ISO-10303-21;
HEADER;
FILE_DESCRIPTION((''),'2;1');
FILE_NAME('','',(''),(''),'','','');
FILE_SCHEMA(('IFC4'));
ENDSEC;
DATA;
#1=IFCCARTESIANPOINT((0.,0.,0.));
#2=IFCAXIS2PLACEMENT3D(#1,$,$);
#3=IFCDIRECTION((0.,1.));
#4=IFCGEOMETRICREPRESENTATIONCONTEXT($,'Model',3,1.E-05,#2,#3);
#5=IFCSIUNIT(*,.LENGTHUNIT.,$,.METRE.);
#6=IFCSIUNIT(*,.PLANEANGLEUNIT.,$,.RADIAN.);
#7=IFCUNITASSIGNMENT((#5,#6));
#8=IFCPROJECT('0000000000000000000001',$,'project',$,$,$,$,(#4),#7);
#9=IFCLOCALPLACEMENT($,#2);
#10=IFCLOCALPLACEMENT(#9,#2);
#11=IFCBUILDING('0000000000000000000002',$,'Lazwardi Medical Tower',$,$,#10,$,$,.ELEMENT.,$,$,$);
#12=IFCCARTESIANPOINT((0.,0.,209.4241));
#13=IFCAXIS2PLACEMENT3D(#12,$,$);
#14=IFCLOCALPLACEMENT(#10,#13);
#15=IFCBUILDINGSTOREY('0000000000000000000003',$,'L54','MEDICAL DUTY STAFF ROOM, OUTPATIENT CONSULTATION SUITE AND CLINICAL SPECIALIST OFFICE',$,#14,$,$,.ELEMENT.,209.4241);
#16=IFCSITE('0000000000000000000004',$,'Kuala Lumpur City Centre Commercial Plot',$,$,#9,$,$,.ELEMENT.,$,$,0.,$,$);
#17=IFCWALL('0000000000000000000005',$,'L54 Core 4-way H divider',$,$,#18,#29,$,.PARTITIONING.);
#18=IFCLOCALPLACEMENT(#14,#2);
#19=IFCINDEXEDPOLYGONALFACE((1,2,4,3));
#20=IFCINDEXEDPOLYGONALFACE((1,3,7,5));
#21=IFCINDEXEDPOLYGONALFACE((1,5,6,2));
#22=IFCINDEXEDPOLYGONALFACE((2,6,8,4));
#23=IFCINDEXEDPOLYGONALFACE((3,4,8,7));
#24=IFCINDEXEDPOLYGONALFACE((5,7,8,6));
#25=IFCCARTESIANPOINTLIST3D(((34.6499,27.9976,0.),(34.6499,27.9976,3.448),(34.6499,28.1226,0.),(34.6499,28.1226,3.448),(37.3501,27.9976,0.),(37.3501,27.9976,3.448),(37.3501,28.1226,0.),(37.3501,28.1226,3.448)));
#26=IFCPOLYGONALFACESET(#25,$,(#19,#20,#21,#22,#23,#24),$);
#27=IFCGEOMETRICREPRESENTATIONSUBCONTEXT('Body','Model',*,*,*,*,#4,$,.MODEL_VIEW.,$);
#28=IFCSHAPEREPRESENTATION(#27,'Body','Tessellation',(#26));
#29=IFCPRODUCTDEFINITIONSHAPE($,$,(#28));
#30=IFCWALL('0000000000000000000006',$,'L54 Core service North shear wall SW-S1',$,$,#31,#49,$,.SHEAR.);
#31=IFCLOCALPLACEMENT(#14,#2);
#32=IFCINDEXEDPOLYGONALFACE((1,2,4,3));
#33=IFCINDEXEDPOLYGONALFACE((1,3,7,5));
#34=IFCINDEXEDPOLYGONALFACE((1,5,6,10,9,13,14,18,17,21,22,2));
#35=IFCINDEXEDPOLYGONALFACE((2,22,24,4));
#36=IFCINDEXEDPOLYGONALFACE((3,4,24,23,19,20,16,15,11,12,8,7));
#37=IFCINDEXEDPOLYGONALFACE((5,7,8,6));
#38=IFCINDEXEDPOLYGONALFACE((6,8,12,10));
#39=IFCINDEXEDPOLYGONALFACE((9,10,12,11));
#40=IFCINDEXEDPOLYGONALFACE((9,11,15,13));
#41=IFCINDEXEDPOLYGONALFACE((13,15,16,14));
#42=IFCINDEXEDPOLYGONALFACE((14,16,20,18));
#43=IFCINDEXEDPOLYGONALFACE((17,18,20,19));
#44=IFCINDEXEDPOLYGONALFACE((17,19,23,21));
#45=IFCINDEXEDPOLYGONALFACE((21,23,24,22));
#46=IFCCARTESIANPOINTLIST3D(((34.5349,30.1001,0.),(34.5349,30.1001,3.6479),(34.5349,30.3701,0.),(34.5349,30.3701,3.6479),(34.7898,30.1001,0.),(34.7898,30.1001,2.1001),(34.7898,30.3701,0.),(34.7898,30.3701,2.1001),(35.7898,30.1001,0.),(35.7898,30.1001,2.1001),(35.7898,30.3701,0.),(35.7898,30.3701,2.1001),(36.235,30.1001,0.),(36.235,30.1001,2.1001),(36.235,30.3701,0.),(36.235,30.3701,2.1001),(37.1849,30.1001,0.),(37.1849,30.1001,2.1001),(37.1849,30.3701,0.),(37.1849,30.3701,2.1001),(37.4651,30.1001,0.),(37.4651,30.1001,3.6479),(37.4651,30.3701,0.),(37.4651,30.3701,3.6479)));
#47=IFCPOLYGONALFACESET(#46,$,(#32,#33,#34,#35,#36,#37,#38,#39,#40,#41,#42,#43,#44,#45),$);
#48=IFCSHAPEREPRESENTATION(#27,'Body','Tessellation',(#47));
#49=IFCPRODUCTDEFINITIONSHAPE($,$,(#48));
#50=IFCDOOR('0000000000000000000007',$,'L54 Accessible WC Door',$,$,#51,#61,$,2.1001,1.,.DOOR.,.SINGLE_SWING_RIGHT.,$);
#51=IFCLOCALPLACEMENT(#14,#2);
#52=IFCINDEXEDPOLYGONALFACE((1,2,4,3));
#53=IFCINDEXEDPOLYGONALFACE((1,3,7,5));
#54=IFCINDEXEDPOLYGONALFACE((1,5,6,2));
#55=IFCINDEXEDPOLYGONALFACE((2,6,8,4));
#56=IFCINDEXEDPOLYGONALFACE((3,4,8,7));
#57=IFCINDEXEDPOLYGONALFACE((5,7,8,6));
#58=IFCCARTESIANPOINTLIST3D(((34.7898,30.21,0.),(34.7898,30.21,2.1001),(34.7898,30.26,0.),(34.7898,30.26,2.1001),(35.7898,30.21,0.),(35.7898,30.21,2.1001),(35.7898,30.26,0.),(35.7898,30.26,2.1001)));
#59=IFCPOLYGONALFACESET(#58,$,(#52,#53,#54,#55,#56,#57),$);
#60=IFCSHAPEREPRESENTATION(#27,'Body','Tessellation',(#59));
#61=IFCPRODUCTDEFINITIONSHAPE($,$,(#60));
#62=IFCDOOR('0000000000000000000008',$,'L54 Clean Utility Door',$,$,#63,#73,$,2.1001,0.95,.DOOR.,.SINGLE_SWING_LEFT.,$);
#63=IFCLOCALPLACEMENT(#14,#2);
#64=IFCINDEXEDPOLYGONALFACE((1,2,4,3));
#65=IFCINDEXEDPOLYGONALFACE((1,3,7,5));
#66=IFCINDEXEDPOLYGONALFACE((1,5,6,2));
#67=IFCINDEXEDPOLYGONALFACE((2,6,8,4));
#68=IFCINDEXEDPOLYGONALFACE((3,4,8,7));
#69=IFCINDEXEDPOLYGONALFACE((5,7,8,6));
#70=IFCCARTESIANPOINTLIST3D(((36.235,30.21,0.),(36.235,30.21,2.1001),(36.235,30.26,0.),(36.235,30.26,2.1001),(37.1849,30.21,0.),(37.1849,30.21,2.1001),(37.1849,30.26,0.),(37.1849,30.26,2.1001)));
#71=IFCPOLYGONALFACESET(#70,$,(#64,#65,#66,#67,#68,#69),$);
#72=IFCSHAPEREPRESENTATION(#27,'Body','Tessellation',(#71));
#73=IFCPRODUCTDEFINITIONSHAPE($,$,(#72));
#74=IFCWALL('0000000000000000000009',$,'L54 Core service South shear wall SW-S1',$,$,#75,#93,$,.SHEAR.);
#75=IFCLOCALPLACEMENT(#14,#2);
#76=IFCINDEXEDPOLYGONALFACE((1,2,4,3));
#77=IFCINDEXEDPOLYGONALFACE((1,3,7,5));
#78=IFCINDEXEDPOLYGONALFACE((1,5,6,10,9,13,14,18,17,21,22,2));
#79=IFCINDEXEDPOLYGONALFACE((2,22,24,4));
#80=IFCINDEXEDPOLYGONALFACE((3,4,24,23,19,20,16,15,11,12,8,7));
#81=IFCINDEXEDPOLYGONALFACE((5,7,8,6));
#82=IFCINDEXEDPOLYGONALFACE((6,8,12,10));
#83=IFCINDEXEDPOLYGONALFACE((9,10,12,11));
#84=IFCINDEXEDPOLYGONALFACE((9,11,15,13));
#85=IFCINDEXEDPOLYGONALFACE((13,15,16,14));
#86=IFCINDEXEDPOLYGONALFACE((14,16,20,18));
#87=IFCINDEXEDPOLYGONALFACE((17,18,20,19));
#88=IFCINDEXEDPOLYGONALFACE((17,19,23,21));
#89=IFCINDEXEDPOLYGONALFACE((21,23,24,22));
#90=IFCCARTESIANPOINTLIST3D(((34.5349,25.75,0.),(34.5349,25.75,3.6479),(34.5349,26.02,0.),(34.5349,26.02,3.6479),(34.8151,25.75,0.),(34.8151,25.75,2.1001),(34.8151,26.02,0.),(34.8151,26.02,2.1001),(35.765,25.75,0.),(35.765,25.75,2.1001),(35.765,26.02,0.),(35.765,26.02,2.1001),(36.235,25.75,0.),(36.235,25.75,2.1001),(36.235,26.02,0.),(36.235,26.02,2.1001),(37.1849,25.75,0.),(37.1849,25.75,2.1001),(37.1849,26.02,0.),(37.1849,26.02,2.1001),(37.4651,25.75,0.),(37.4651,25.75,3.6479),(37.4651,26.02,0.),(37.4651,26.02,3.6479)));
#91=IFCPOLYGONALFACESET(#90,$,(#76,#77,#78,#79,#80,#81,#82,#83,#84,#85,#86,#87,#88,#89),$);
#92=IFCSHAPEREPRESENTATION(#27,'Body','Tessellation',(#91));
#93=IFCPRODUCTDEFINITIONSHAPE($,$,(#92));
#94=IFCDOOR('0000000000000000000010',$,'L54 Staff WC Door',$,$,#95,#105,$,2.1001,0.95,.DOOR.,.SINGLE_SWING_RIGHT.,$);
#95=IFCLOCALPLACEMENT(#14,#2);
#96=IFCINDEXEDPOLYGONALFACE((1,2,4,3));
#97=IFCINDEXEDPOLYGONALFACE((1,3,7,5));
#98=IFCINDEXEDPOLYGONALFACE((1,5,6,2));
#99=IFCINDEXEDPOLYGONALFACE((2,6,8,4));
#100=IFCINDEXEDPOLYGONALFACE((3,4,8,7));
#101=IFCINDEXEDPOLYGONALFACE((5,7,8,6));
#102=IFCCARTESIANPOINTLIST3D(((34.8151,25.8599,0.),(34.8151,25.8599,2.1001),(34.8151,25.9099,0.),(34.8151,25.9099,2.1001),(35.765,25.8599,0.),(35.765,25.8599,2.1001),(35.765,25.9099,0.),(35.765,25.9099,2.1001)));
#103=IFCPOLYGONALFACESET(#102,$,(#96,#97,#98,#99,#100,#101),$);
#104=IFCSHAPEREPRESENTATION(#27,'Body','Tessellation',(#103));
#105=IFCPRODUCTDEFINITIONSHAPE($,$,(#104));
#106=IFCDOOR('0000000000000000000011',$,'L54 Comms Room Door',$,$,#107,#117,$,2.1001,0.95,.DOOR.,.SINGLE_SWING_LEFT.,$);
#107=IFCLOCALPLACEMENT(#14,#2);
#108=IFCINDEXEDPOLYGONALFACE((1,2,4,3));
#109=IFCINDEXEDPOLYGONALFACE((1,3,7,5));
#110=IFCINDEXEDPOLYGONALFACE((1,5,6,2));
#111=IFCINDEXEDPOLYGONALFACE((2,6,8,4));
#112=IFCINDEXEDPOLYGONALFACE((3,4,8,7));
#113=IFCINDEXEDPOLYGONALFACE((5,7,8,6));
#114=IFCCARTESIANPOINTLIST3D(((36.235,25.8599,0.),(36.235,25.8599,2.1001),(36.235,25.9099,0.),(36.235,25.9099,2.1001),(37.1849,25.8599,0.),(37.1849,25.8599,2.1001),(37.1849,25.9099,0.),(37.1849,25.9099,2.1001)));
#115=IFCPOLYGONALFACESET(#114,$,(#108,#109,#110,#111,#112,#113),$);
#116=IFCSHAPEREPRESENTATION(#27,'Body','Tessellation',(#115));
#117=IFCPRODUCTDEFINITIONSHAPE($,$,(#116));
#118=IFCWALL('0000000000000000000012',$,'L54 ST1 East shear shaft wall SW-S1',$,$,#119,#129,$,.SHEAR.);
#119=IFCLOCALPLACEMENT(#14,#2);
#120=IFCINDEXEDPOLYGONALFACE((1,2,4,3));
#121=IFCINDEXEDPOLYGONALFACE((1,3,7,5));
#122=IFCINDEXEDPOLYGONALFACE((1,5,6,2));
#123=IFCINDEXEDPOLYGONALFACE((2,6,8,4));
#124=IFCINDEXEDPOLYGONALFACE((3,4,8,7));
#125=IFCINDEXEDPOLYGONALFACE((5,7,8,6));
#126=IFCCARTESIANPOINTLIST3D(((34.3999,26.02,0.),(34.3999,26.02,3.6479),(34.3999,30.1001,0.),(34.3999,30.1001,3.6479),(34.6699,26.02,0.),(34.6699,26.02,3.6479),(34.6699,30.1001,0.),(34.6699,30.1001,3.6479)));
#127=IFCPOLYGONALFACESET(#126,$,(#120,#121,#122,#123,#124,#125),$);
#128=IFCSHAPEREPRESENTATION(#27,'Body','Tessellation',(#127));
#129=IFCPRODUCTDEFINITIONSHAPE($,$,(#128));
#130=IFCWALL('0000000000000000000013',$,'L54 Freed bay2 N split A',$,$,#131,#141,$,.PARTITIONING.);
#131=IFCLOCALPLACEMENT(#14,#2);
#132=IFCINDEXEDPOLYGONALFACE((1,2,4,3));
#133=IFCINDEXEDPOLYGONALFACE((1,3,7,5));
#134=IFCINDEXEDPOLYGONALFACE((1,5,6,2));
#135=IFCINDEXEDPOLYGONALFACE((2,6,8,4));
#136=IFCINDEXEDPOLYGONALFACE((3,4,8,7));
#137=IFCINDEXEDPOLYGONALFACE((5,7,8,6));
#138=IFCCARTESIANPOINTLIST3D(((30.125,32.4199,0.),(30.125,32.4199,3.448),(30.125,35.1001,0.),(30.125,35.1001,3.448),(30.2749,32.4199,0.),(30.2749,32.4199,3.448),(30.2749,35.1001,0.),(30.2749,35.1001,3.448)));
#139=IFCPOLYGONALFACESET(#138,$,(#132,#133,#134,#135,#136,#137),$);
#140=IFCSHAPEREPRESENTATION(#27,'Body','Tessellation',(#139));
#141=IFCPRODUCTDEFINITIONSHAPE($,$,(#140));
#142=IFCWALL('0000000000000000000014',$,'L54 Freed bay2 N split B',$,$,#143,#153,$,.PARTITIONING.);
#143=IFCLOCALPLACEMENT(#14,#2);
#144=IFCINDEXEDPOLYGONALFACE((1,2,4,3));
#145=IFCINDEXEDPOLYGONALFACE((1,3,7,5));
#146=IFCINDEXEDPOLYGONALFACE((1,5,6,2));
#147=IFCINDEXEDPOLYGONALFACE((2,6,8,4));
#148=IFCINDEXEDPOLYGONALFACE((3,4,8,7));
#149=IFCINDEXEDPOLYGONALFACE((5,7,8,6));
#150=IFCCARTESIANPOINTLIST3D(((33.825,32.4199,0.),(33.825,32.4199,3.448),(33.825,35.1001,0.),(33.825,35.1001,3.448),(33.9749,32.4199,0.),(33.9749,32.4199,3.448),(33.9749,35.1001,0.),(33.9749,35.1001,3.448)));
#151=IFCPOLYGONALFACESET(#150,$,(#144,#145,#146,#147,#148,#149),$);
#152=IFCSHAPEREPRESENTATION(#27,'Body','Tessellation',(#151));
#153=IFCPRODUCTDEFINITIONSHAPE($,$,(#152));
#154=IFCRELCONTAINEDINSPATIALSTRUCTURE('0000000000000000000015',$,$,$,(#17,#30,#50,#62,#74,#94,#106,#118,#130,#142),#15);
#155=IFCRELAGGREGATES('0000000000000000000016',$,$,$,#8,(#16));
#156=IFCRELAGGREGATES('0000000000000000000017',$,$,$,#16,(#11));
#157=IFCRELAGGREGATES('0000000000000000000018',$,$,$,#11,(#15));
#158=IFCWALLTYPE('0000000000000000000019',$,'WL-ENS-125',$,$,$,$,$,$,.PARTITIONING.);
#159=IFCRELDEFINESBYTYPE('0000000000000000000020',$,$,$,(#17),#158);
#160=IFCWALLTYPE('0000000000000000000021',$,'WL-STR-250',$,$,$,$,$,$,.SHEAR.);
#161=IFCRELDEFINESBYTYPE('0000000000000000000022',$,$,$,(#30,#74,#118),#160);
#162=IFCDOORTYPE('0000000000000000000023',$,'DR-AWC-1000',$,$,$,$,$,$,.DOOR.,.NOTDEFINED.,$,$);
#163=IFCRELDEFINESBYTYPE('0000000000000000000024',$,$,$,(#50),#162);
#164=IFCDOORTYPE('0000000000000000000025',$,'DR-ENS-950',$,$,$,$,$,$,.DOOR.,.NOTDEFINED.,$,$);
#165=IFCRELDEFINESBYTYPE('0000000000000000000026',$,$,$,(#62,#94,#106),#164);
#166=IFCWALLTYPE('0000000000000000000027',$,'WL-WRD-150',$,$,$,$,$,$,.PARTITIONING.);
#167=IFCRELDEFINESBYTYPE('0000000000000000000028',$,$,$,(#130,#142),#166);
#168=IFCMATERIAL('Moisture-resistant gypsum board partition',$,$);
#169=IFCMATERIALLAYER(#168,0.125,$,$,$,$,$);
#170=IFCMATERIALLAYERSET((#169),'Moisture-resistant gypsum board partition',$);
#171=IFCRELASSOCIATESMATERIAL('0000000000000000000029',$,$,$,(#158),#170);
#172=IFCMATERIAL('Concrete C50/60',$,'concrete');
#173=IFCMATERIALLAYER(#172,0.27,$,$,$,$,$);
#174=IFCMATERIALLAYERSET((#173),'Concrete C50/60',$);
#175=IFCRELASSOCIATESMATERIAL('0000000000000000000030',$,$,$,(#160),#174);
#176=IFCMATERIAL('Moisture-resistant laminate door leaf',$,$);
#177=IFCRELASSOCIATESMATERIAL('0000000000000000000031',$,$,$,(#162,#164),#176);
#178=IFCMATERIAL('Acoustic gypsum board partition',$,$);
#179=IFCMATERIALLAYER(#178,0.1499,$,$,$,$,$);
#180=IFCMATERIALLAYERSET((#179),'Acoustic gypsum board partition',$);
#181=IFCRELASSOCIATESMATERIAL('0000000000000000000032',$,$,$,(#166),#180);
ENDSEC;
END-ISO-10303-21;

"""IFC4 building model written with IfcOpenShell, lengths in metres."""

from ifc_helpers import new_model, si_unit, direction, frame, frame_2d, origin, place, context, subcontext, project, spatial, rectangle, extrude, material, layer, layer_set, type_object, element, fill, save


model = new_model("IFC4")

# Units and contexts
model_context = context("Model", 3, precision=1e-05, world=origin(), true_north=direction((0.0, 1.0)))
body_context = subcontext(model_context, "Body", "Model", "MODEL_VIEW")
ifc_project = project(units=[si_unit("LENGTHUNIT", "METRE"), si_unit("PLANEANGLEUNIT", "RADIAN")], contexts=[model_context])

# Site, building, storey
site_placement = place(None, origin())
site = spatial("IfcSite", under=ifc_project, at=site_placement, Name="Kuala Lumpur City Centre Commercial Plot", CompositionType="ELEMENT", RefElevation=0.0)
building_placement = place(site_placement, origin())
building = spatial("IfcBuilding", under=site, at=building_placement, Name="Lazwardi Medical Tower", CompositionType="ELEMENT")
storey_placement = place(building_placement, frame((0.0, 0.0, 209.4241)))
storey = spatial("IfcBuildingStorey", under=building, at=storey_placement, Name="L54", Description="MEDICAL DUTY STAFF ROOM, OUTPATIENT CONSULTATION SUITE AND CLINICAL SPECIALIST OFFICE", CompositionType="ELEMENT", Elevation=209.4241)

# Wall
ifc_material_1 = material(Name="Moisture-resistant gypsum board partition")
ifc_layer_1 = layer(ifc_material_1, 0.125)
ifc_layer_set_1 = layer_set([ifc_layer_1], Name="Moisture-resistant gypsum board partition")
wall_type_1 = type_object("IfcWallType", Name="WL-ENS-125", PredefinedType="PARTITIONING", material=ifc_layer_set_1)
wall_1_placement = place(storey_placement, frame((34.6499, 28.0601, 0.0), z_axis=(0.0, 0.0, 1.0), x_axis=(1.0, 0.0, 0.0)))
element("IfcWall", 1, at=wall_1_placement, inside=storey, type_object=wall_type_1, Name="L54 Core 4-way H divider", PredefinedType="PARTITIONING", context=body_context, shape_type="SweptSolid", body=[
    extrude(rectangle(XDim=2.7002, YDim=0.125, at=frame_2d((1.3501, 0.0))), origin(), (0.0, 0.0, 1.0), 3.448),
])

# Walls, openings, doors
ifc_material_2 = material(Name="Concrete C50/60", Category="concrete")
ifc_layer_2 = layer(ifc_material_2, 0.27)
ifc_layer_set_2 = layer_set([ifc_layer_2], Name="Concrete C50/60")
wall_type_2 = type_object("IfcWallType", Name="WL-STR-250", PredefinedType="SHEAR", material=ifc_layer_set_2)
wall_2_placement = place(storey_placement, frame((34.5349, 30.2351, 0.0), z_axis=(0.0, 0.0, 1.0), x_axis=(1.0, 0.0, 0.0)))
wall_2 = element("IfcWall", 2, at=wall_2_placement, inside=storey, type_object=wall_type_2, Name="L54 Core service North shear wall SW-S1", PredefinedType="SHEAR", context=body_context, shape_type="SweptSolid", body=[
    extrude(rectangle(XDim=2.9302, YDim=0.27, at=frame_2d((1.4651, 0.0))), origin(), (0.0, 0.0, 1.0), 3.6479),
])
opening_1_placement = place(wall_2_placement, frame((0.2549, 0.0, 0.0)))
opening_1 = element("IfcOpeningElement", 3, at=opening_1_placement, cuts=wall_2, PredefinedType="OPENING", context=body_context, shape_type="SweptSolid", body=[
    extrude(rectangle(XDim=1.0, YDim=2.1001, at=frame_2d((0.5, 1.05))), frame((0.0, 0.145, 0.0), z_axis=(0.0, -1.0, 0.0), x_axis=(1.0, 0.0, 0.0)), (0.0, 0.0, 1.0), 0.29),
])
opening_2_placement = place(wall_2_placement, frame((1.7, 0.0, 0.0)))
opening_2 = element("IfcOpeningElement", 4, at=opening_2_placement, cuts=wall_2, PredefinedType="OPENING", context=body_context, shape_type="SweptSolid", body=[
    extrude(rectangle(XDim=0.95, YDim=2.1001, at=frame_2d((0.4751, 1.05))), frame((0.0, 0.145, 0.0), z_axis=(0.0, -1.0, 0.0), x_axis=(1.0, 0.0, 0.0)), (0.0, 0.0, 1.0), 0.29),
])
ifc_material_3 = material(Name="Moisture-resistant laminate door leaf")
door_type_1 = type_object("IfcDoorType", Name="DR-AWC-1000", OperationType="NOTDEFINED", PredefinedType="DOOR", material=ifc_material_3)
door_1_placement = place(opening_1_placement, origin())
door_1 = element("IfcDoor", 5, at=door_1_placement, inside=storey, type_object=door_type_1, Name="L54 Accessible WC Door", OperationType="SINGLE_SWING_RIGHT", OverallHeight=2.1001, OverallWidth=1.0, PredefinedType="DOOR", context=body_context, shape_type="SweptSolid", body=[
    extrude(rectangle(XDim=1.0, YDim=2.1001, at=frame_2d((0.5, 1.05))), frame((0.0, 0.0249, 0.0), z_axis=(0.0, -1.0, 0.0), x_axis=(1.0, 0.0, 0.0)), (0.0, 0.0, 1.0), 0.05),
])
fill(opening_1, door_1)
door_type_2 = type_object("IfcDoorType", Name="DR-ENS-950", OperationType="NOTDEFINED", PredefinedType="DOOR", material=ifc_material_3)
door_2_placement = place(opening_2_placement, origin())
door_2 = element("IfcDoor", 6, at=door_2_placement, inside=storey, type_object=door_type_2, Name="L54 Clean Utility Door", OperationType="SINGLE_SWING_LEFT", OverallHeight=2.1001, OverallWidth=0.95, PredefinedType="DOOR", context=body_context, shape_type="SweptSolid", body=[
    extrude(rectangle(XDim=0.95, YDim=2.1001, at=frame_2d((0.4751, 1.05))), frame((0.0, 0.0249, 0.0), z_axis=(0.0, -1.0, 0.0), x_axis=(1.0, 0.0, 0.0)), (0.0, 0.0, 1.0), 0.05),
])
fill(opening_2, door_2)
wall_3_placement = place(storey_placement, frame((34.5349, 25.885, 0.0), z_axis=(0.0, 0.0, 1.0), x_axis=(1.0, 0.0, 0.0)))
wall_3 = element("IfcWall", 7, at=wall_3_placement, inside=storey, type_object=wall_type_2, Name="L54 Core service South shear wall SW-S1", PredefinedType="SHEAR", context=body_context, shape_type="SweptSolid", body=[
    extrude(rectangle(XDim=2.9302, YDim=0.27, at=frame_2d((1.4651, 0.0))), origin(), (0.0, 0.0, 1.0), 3.6479),
])
opening_3_placement = place(wall_3_placement, frame((0.28, 0.0, 0.0)))
opening_3 = element("IfcOpeningElement", 8, at=opening_3_placement, cuts=wall_3, PredefinedType="OPENING", context=body_context, shape_type="SweptSolid", body=[
    extrude(rectangle(XDim=0.95, YDim=2.1001, at=frame_2d((0.4751, 1.05))), frame((0.0, 0.145, 0.0), z_axis=(0.0, -1.0, 0.0), x_axis=(1.0, 0.0, 0.0)), (0.0, 0.0, 1.0), 0.29),
])
opening_4_placement = place(wall_3_placement, frame((1.7, 0.0, 0.0)))
opening_4 = element("IfcOpeningElement", 9, at=opening_4_placement, cuts=wall_3, PredefinedType="OPENING", context=body_context, shape_type="SweptSolid", body=[
    extrude(rectangle(XDim=0.95, YDim=2.1001, at=frame_2d((0.4751, 1.05))), frame((0.0, 0.145, 0.0), z_axis=(0.0, -1.0, 0.0), x_axis=(1.0, 0.0, 0.0)), (0.0, 0.0, 1.0), 0.29),
])
door_3_placement = place(opening_3_placement, origin())
door_3 = element("IfcDoor", 10, at=door_3_placement, inside=storey, type_object=door_type_2, Name="L54 Staff WC Door", OperationType="SINGLE_SWING_RIGHT", OverallHeight=2.1001, OverallWidth=0.95, PredefinedType="DOOR", context=body_context, shape_type="SweptSolid", body=[
    extrude(rectangle(XDim=0.95, YDim=2.1001, at=frame_2d((0.4751, 1.05))), frame((0.0, 0.0249, 0.0), z_axis=(0.0, -1.0, 0.0), x_axis=(1.0, 0.0, 0.0)), (0.0, 0.0, 1.0), 0.05),
])
fill(opening_3, door_3)
door_4_placement = place(opening_4_placement, origin())
door_4 = element("IfcDoor", 11, at=door_4_placement, inside=storey, type_object=door_type_2, Name="L54 Comms Room Door", OperationType="SINGLE_SWING_LEFT", OverallHeight=2.1001, OverallWidth=0.95, PredefinedType="DOOR", context=body_context, shape_type="SweptSolid", body=[
    extrude(rectangle(XDim=0.95, YDim=2.1001, at=frame_2d((0.4751, 1.05))), frame((0.0, 0.0249, 0.0), z_axis=(0.0, -1.0, 0.0), x_axis=(1.0, 0.0, 0.0)), (0.0, 0.0, 1.0), 0.05),
])
fill(opening_4, door_4)

# Walls
wall_4_placement = place(storey_placement, frame((34.5349, 26.02, 0.0), z_axis=(0.0, 0.0, 1.0), x_axis=(0.0, 1.0, 0.0)))
element("IfcWall", 12, at=wall_4_placement, inside=storey, type_object=wall_type_2, Name="L54 ST1 East shear shaft wall SW-S1", PredefinedType="SHEAR", context=body_context, shape_type="SweptSolid", body=[
    extrude(rectangle(XDim=4.0801, YDim=0.27, at=frame_2d((2.04, 0.0))), origin(), (0.0, 0.0, 1.0), 3.6479),
])
ifc_material_4 = material(Name="Acoustic gypsum board partition")
ifc_layer_3 = layer(ifc_material_4, 0.1499)
ifc_layer_set_3 = layer_set([ifc_layer_3], Name="Acoustic gypsum board partition")
wall_type_3 = type_object("IfcWallType", Name="WL-WRD-150", PredefinedType="PARTITIONING", material=ifc_layer_set_3)
for number, where, z_axis, x_axis, name in (
    (13, (30.2, 32.4199, 0.0), (0.0, 0.0, 1.0), (0.0, 1.0, 0.0), "L54 Freed bay2 N split A"),
    (14, (33.8999, 32.4199, 0.0), (0.0, 0.0, 1.0), (0.0, 1.0, 0.0), "L54 Freed bay2 N split B"),
):
    element("IfcWall", number, at=place(storey_placement, frame(where, z_axis=z_axis, x_axis=x_axis)), inside=storey, type_object=wall_type_3, Name=name, PredefinedType="PARTITIONING", context=body_context, shape_type="SweptSolid", body=[
        extrude(rectangle(XDim=2.6802, YDim=0.1499, at=frame_2d((1.3401, 0.0))), origin(), (0.0, 0.0, 1.0), 3.448),
    ])

save(model, "model.ifc")
